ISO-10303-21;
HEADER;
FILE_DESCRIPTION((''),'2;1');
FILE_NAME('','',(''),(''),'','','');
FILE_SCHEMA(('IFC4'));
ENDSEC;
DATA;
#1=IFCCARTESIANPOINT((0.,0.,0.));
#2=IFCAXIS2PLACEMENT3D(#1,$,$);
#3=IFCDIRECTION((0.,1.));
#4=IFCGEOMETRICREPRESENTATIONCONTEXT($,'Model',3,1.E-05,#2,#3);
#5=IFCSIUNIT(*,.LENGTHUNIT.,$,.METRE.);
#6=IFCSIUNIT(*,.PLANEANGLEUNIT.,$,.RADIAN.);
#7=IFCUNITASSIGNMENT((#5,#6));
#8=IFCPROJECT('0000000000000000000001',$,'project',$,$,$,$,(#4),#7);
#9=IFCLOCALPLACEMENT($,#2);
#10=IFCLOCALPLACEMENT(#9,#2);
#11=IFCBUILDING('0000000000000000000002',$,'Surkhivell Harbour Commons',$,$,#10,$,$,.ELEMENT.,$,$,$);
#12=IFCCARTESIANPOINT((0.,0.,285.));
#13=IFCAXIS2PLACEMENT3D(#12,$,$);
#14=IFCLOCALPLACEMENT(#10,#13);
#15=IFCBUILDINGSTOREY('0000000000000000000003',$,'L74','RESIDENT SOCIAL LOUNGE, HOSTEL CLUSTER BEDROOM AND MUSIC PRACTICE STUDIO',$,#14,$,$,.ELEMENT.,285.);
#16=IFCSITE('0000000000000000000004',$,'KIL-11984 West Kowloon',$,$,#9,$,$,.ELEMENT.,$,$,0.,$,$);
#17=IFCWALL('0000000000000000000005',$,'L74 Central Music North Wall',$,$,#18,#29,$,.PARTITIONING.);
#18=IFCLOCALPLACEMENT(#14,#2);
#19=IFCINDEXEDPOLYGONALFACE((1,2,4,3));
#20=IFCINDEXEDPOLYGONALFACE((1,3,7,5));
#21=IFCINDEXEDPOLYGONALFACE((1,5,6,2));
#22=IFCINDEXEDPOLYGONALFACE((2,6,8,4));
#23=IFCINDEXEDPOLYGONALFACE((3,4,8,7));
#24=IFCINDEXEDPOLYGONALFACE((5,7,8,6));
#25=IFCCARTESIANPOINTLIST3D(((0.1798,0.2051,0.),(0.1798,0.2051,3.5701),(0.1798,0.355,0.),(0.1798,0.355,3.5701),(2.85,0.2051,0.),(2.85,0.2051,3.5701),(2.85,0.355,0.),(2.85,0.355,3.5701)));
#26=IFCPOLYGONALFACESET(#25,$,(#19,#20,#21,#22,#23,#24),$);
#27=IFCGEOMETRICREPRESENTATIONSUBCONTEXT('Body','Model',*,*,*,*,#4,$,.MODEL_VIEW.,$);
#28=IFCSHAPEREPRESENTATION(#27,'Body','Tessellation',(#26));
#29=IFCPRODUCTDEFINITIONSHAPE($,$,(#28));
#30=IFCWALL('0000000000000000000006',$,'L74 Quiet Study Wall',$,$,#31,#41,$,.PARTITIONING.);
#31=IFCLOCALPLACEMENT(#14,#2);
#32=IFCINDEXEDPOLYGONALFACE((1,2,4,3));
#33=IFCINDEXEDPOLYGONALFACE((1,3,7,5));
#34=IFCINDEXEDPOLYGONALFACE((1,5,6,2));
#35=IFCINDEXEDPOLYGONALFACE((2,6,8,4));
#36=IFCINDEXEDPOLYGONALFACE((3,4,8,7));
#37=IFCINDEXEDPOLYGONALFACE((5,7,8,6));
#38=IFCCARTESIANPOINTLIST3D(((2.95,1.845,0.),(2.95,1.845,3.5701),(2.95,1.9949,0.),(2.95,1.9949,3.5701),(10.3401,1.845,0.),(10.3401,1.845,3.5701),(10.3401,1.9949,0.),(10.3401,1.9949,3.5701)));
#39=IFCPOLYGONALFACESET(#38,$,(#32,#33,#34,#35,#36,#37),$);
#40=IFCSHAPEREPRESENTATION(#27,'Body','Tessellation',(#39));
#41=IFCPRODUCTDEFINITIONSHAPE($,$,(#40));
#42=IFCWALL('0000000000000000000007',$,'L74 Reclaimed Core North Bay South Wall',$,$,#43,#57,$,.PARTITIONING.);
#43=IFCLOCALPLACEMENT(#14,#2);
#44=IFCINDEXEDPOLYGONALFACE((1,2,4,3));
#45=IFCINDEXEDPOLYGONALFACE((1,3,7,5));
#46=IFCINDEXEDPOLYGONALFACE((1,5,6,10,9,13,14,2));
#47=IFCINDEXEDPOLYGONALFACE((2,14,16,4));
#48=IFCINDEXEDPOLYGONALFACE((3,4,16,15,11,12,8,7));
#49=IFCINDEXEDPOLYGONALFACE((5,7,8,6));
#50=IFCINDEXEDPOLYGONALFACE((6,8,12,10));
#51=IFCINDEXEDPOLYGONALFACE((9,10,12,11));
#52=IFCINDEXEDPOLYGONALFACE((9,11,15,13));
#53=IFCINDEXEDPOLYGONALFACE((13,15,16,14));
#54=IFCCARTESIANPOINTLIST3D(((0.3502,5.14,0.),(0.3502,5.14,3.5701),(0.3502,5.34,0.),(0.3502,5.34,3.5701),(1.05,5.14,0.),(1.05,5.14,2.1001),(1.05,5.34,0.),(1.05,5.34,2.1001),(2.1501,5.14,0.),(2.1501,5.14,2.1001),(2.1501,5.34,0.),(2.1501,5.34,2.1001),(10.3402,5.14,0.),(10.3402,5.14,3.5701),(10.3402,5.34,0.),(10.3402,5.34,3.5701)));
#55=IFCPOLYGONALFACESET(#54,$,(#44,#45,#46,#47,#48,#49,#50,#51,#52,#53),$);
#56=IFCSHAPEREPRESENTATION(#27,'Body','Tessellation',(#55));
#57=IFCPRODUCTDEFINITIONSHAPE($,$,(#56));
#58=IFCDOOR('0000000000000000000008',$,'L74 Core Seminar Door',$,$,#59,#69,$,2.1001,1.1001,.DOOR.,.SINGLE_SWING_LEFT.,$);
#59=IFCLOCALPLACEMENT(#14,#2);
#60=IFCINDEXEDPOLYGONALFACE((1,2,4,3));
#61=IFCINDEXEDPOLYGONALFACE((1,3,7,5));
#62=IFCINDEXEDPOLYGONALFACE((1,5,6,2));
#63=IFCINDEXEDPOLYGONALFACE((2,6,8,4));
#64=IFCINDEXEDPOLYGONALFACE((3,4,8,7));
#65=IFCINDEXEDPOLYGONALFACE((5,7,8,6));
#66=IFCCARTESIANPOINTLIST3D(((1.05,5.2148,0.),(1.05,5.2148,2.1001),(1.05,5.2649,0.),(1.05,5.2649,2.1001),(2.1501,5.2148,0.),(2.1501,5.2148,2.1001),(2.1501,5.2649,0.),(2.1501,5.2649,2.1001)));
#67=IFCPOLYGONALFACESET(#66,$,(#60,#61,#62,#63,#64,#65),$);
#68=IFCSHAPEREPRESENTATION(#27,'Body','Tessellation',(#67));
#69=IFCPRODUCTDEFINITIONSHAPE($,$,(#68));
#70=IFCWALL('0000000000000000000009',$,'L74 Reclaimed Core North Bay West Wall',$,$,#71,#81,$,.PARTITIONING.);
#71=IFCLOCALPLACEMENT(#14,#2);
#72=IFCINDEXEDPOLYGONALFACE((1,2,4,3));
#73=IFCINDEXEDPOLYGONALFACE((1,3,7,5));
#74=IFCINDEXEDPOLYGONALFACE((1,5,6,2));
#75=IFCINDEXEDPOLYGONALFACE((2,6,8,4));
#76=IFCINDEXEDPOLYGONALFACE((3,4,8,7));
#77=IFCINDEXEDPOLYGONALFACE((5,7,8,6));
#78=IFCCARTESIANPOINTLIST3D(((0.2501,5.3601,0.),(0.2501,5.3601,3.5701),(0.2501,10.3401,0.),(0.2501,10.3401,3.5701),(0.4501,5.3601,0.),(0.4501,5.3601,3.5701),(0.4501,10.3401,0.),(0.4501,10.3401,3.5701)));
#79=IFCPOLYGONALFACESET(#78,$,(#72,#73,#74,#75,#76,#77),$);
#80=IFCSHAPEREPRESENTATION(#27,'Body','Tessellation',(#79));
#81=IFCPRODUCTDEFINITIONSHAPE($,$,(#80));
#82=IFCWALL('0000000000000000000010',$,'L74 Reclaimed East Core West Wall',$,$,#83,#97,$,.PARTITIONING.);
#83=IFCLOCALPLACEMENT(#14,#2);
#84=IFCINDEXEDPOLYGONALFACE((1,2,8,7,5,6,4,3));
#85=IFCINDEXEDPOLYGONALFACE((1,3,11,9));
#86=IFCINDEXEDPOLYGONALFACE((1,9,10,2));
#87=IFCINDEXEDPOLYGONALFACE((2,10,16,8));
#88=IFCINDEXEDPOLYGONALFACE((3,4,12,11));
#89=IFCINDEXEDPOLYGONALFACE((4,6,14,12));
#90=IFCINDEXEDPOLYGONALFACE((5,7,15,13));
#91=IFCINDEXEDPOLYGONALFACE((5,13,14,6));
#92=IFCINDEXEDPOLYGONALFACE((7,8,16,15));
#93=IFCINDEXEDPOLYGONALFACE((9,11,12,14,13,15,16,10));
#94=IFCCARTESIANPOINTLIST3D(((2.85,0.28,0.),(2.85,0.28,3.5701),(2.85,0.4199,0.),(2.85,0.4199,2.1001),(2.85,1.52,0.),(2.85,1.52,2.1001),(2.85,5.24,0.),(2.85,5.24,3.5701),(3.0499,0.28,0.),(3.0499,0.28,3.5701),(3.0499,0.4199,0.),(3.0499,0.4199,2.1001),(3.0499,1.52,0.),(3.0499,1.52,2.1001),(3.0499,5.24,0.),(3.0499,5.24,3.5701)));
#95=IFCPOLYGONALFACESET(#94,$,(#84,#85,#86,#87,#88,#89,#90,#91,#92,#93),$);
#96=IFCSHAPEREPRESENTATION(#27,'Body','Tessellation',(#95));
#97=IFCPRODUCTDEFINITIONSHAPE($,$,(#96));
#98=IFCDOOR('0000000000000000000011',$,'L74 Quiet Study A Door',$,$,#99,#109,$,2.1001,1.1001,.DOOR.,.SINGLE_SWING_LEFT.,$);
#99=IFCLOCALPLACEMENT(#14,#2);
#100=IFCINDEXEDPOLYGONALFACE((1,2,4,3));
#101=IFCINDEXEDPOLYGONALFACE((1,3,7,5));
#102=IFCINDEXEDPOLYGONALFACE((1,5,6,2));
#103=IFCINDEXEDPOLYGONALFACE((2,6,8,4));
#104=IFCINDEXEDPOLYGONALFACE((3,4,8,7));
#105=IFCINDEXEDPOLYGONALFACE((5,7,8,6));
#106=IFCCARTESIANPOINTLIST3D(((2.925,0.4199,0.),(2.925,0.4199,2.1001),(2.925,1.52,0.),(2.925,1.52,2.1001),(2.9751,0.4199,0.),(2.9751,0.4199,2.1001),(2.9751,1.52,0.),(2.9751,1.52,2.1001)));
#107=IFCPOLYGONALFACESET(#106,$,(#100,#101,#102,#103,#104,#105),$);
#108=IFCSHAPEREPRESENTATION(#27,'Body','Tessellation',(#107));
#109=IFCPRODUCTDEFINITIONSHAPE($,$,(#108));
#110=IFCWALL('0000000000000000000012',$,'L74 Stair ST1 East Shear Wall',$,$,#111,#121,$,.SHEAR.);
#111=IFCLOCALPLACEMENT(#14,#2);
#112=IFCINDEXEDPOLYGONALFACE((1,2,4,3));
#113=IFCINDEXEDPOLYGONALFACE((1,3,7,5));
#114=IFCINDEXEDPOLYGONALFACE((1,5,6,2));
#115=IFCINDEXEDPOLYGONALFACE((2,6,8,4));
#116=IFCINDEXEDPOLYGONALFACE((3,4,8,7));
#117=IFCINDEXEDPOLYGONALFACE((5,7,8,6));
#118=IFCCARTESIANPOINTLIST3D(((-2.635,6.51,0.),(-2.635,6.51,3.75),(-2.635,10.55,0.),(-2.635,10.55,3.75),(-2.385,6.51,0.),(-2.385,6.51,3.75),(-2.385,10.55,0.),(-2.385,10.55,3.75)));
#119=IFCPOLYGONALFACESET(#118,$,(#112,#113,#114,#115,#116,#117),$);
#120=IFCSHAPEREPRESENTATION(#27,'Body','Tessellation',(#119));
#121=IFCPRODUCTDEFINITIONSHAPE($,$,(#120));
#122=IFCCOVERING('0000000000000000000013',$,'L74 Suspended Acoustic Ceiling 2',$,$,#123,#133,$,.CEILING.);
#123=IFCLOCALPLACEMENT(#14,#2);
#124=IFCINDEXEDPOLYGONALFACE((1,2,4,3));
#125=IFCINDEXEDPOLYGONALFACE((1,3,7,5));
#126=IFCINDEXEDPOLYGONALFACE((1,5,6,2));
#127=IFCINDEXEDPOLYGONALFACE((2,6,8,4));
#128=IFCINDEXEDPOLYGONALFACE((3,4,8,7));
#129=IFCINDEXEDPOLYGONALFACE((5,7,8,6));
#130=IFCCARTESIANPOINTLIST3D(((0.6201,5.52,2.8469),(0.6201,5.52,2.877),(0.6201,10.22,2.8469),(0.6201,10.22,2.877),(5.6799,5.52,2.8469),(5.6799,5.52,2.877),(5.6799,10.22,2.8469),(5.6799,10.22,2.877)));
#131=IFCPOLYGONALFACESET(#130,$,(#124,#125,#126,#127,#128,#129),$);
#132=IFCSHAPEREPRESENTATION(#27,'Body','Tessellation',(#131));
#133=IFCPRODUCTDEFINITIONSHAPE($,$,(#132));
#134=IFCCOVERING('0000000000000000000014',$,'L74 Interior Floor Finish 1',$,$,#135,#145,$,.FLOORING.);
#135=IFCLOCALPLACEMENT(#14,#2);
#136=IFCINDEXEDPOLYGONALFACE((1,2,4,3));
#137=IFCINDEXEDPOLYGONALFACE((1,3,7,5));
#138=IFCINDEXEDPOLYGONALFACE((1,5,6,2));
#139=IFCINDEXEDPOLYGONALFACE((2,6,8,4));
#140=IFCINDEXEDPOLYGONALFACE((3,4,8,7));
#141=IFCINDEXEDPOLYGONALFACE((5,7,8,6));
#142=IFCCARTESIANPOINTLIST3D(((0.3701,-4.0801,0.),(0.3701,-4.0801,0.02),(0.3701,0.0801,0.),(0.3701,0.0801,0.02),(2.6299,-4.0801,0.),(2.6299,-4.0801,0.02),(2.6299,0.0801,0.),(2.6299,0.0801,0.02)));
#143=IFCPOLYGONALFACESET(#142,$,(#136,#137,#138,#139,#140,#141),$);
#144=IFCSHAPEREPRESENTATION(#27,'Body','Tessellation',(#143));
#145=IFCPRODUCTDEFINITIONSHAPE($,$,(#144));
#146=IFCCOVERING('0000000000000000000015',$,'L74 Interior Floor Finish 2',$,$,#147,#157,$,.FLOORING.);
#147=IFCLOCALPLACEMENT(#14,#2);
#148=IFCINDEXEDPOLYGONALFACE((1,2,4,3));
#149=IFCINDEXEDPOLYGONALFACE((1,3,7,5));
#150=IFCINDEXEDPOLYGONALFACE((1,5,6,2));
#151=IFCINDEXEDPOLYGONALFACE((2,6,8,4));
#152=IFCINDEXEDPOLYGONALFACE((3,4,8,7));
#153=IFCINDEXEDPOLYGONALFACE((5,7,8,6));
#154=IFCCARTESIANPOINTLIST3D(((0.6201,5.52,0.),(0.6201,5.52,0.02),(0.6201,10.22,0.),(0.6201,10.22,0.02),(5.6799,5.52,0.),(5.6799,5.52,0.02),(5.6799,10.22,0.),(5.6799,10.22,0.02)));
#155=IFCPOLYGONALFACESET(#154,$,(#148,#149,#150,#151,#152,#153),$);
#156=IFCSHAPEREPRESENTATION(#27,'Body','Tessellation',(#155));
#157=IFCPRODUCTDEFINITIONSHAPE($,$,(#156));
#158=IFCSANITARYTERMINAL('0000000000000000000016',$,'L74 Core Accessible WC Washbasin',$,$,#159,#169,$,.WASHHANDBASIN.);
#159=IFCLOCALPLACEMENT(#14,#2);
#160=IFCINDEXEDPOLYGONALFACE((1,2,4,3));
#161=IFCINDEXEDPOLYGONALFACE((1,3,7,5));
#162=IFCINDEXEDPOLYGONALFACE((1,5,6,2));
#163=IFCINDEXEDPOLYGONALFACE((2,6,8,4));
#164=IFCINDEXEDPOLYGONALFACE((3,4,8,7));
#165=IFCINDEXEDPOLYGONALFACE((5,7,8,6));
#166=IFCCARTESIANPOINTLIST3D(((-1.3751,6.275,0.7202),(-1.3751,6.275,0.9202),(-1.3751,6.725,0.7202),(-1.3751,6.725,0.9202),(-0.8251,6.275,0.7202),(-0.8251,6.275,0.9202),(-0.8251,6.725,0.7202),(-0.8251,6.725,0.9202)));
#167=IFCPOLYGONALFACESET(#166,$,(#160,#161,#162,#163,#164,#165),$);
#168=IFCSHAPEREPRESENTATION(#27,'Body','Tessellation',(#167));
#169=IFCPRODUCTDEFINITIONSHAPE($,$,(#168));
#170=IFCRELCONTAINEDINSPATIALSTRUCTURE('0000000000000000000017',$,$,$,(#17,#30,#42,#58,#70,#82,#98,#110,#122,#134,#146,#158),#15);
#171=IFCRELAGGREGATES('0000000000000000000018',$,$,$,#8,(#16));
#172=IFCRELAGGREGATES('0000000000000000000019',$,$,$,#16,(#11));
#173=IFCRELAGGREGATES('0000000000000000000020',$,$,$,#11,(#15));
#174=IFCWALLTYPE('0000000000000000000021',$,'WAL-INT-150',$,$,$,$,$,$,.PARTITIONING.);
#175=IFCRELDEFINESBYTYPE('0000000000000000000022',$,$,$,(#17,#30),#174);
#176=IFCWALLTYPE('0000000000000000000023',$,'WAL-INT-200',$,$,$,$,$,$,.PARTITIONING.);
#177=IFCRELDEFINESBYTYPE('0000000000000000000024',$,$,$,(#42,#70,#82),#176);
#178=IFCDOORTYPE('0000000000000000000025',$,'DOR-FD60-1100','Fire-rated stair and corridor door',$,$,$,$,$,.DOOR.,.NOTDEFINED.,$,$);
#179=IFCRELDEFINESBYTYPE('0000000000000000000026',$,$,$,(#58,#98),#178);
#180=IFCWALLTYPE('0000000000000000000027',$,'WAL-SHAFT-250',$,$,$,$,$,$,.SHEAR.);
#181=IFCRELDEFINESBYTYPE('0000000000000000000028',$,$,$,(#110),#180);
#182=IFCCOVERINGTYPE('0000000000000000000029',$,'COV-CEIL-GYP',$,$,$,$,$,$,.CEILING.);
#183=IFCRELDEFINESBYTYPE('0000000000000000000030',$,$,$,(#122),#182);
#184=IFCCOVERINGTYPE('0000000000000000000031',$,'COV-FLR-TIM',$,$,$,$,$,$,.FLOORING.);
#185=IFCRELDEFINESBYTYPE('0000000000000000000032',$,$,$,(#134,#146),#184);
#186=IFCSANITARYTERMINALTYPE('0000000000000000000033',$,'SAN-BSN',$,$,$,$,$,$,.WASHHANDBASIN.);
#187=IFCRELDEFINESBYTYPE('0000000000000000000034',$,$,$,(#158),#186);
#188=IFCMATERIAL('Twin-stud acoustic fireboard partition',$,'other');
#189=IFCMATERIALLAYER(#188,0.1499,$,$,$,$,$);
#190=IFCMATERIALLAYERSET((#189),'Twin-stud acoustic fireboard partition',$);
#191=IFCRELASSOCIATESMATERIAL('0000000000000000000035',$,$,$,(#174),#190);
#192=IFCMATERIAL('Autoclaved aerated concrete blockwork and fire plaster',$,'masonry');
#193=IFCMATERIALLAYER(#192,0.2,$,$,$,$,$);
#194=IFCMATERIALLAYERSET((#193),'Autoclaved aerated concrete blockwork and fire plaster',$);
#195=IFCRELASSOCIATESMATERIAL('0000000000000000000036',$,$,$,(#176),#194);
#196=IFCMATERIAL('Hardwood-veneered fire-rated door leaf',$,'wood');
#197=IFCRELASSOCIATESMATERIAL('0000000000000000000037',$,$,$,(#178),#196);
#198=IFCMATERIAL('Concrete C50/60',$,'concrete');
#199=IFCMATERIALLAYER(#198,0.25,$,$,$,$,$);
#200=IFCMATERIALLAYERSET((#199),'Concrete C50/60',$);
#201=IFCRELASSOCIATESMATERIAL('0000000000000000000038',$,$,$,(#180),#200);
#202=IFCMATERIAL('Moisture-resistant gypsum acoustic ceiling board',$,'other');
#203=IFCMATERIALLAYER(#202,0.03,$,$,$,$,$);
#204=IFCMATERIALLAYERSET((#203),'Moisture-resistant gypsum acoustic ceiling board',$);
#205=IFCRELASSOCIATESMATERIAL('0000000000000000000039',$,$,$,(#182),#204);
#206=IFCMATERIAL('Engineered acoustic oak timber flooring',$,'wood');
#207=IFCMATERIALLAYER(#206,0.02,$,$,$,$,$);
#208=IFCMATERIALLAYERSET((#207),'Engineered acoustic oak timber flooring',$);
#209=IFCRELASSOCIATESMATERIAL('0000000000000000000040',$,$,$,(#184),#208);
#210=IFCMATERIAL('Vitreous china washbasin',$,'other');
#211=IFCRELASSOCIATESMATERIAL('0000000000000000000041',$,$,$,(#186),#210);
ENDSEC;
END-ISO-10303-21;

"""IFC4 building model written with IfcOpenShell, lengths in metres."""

from ifc_helpers import new_model, si_unit, direction, frame, frame_2d, origin, origin_2d, place, context, subcontext, project, spatial, polyline, rectangle, outline, extrude, material, layer, layer_set, type_object, element, fill, save


model = new_model("IFC4")

# Units and contexts
model_context = context("Model", 3, precision=1e-05, world=origin(), true_north=direction((0.0, 1.0)))
body_context = subcontext(model_context, "Body", "Model", "MODEL_VIEW")
ifc_project = project(units=[si_unit("LENGTHUNIT", "METRE"), si_unit("PLANEANGLEUNIT", "RADIAN")], contexts=[model_context])

# Site, building, storey
site_placement = place(None, origin())
site = spatial("IfcSite", under=ifc_project, at=site_placement, Name="KIL-11984 West Kowloon", CompositionType="ELEMENT", RefElevation=0.0)
building_placement = place(site_placement, origin())
building = spatial("IfcBuilding", under=site, at=building_placement, Name="Surkhivell Harbour Commons", CompositionType="ELEMENT")
storey_placement = place(building_placement, frame((0.0, 0.0, 285.0)))
storey = spatial("IfcBuildingStorey", under=building, at=storey_placement, Name="L74", Description="RESIDENT SOCIAL LOUNGE, HOSTEL CLUSTER BEDROOM AND MUSIC PRACTICE STUDIO", CompositionType="ELEMENT", Elevation=285.0)

# Shared definitions
ifc_material_1 = material(Name="Concrete C50/60", Category="concrete")

# Shared definitions
ifc_material_2 = material(Name="Twin-stud acoustic fireboard partition", Category="other")
ifc_layer_1 = layer(ifc_material_2, 0.1499)
ifc_layer_set_1 = layer_set([ifc_layer_1], Name="Twin-stud acoustic fireboard partition")
wall_type_1 = type_object("IfcWallType", Name="WAL-INT-150", PredefinedType="PARTITIONING", material=ifc_layer_set_1)
ifc_material_3 = material(Name="Hardwood-veneered fire-rated door leaf", Category="wood")

# Walls
wall_1_placement = place(storey_placement, frame((0.1799, 0.28, 0.0), z_axis=(0.0, 0.0, 1.0), x_axis=(1.0, 0.0, 0.0)))
element("IfcWall", 1, at=wall_1_placement, inside=storey, type_object=wall_type_1, Name="L74 Central Music North Wall", PredefinedType="PARTITIONING", context=body_context, shape_type="SweptSolid", body=[
    extrude(rectangle(XDim=2.6702, YDim=0.1499, at=frame_2d((1.335, 0.0))), origin(), (0.0, 0.0, 1.0), 3.5701),
])
wall_2_placement = place(storey_placement, frame((2.95, 1.9199, 0.0), z_axis=(0.0, 0.0, 1.0), x_axis=(1.0, 0.0, 0.0)))
element("IfcWall", 2, at=wall_2_placement, inside=storey, type_object=wall_type_1, Name="L74 Quiet Study Wall", PredefinedType="PARTITIONING", context=body_context, shape_type="SweptSolid", body=[
    extrude(rectangle(XDim=7.3901, YDim=0.1499, at=frame_2d((3.6951, 0.0))), origin(), (0.0, 0.0, 1.0), 3.5701),
])

# Wall, opening, door
ifc_material_4 = material(Name="Autoclaved aerated concrete blockwork and fire plaster", Category="masonry")
ifc_layer_2 = layer(ifc_material_4, 0.2)
ifc_layer_set_2 = layer_set([ifc_layer_2], Name="Autoclaved aerated concrete blockwork and fire plaster")
wall_type_2 = type_object("IfcWallType", Name="WAL-INT-200", PredefinedType="PARTITIONING", material=ifc_layer_set_2)
wall_3_placement = place(storey_placement, frame((0.3501, 5.24, 0.0), z_axis=(0.0, 0.0, 1.0), x_axis=(1.0, 0.0, 0.0)))
wall_3 = element("IfcWall", 3, at=wall_3_placement, inside=storey, type_object=wall_type_2, Name="L74 Reclaimed Core North Bay South Wall", PredefinedType="PARTITIONING", context=body_context, shape_type="SweptSolid", body=[
    extrude(rectangle(XDim=9.99, YDim=0.2, at=frame_2d((4.9951, 0.0))), origin(), (0.0, 0.0, 1.0), 3.5701),
])
opening_1_placement = place(wall_3_placement, frame((0.7, 0.0, 0.0)))
opening_1 = element("IfcOpeningElement", 4, at=opening_1_placement, cuts=wall_3, PredefinedType="OPENING", context=body_context, shape_type="SweptSolid", body=[
    extrude(rectangle(XDim=1.1001, YDim=2.1001, at=frame_2d((0.55, 1.05))), frame((0.0, 0.1099, 0.0), z_axis=(0.0, -1.0, 0.0), x_axis=(1.0, 0.0, 0.0)), (0.0, 0.0, 1.0), 0.22),
])
door_type_1 = type_object("IfcDoorType", Name="DOR-FD60-1100", Description="Fire-rated stair and corridor door", OperationType="NOTDEFINED", PredefinedType="DOOR", material=ifc_material_3)
door_1_placement = place(opening_1_placement, origin())
door_1 = element("IfcDoor", 5, at=door_1_placement, inside=storey, type_object=door_type_1, Name="L74 Core Seminar Door", OperationType="SINGLE_SWING_LEFT", OverallHeight=2.1001, OverallWidth=1.1001, PredefinedType="DOOR", context=body_context, shape_type="SweptSolid", body=[
    extrude(rectangle(XDim=1.1001, YDim=2.1001, at=frame_2d((0.55, 1.05))), frame((0.0, 0.0249, 0.0), z_axis=(0.0, -1.0, 0.0), x_axis=(1.0, 0.0, 0.0)), (0.0, 0.0, 1.0), 0.05),
])
fill(opening_1, door_1)

# Wall
wall_4_placement = place(storey_placement, frame((0.3501, 5.3601, 0.0), z_axis=(0.0, 0.0, 1.0), x_axis=(0.0, 1.0, 0.0)))
element("IfcWall", 6, at=wall_4_placement, inside=storey, type_object=wall_type_2, Name="L74 Reclaimed Core North Bay West Wall", PredefinedType="PARTITIONING", context=body_context, shape_type="SweptSolid", body=[
    extrude(rectangle(XDim=4.98, YDim=0.2, at=frame_2d((2.49, 0.0))), origin(), (0.0, 0.0, 1.0), 3.5701),
])

# Wall, opening, door
wall_5_placement = place(storey_placement, frame((2.95, 0.28, 0.0), z_axis=(0.0, 0.0, 1.0), x_axis=(0.0, 1.0, 0.0)))
wall_5 = element("IfcWall", 7, at=wall_5_placement, inside=storey, type_object=wall_type_2, Name="L74 Reclaimed East Core West Wall", PredefinedType="PARTITIONING", context=body_context, shape_type="SweptSolid", body=[
    extrude(rectangle(XDim=4.96, YDim=0.2, at=frame_2d((2.48, 0.0))), origin(), (0.0, 0.0, 1.0), 3.5701),
])
opening_2_placement = place(wall_5_placement, frame((0.1399, 0.0, 0.0)))
opening_2 = element("IfcOpeningElement", 8, at=opening_2_placement, cuts=wall_5, PredefinedType="OPENING", context=body_context, shape_type="SweptSolid", body=[
    extrude(rectangle(XDim=1.1001, YDim=2.1001, at=frame_2d((0.55, 1.05))), frame((0.0, 0.1099, 0.0), z_axis=(0.0, -1.0, 0.0), x_axis=(1.0, 0.0, 0.0)), (0.0, 0.0, 1.0), 0.22),
])
door_2_placement = place(opening_2_placement, origin())
door_2 = element("IfcDoor", 9, at=door_2_placement, inside=storey, type_object=door_type_1, Name="L74 Quiet Study A Door", OperationType="SINGLE_SWING_LEFT", OverallHeight=2.1001, OverallWidth=1.1001, PredefinedType="DOOR", context=body_context, shape_type="SweptSolid", body=[
    extrude(rectangle(XDim=1.1001, YDim=2.1001, at=frame_2d((0.55, 1.05))), frame((0.0, 0.0249, 0.0), z_axis=(0.0, -1.0, 0.0), x_axis=(1.0, 0.0, 0.0)), (0.0, 0.0, 1.0), 0.05),
])
fill(opening_2, door_2)

# Wall
ifc_layer_3 = layer(ifc_material_1, 0.25)
ifc_layer_set_3 = layer_set([ifc_layer_3], Name="Concrete C50/60")
wall_type_3 = type_object("IfcWallType", Name="WAL-SHAFT-250", PredefinedType="SHEAR", material=ifc_layer_set_3)
wall_6_placement = place(storey_placement, frame((-2.51, 6.51, 0.0), z_axis=(0.0, 0.0, 1.0), x_axis=(0.0, 1.0, 0.0)))
element("IfcWall", 10, at=wall_6_placement, inside=storey, type_object=wall_type_3, Name="L74 Stair ST1 East Shear Wall", PredefinedType="SHEAR", context=body_context, shape_type="SweptSolid", body=[
    extrude(rectangle(XDim=4.04, YDim=0.25, at=frame_2d((2.02, 0.0))), origin(), (0.0, 0.0, 1.0), 3.75),
])

# Coverings
ifc_material_5 = material(Name="Moisture-resistant gypsum acoustic ceiling board", Category="other")
ifc_layer_4 = layer(ifc_material_5, 0.03)
ifc_layer_set_4 = layer_set([ifc_layer_4], Name="Moisture-resistant gypsum acoustic ceiling board")
covering_type_1 = type_object("IfcCoveringType", Name="COV-CEIL-GYP", PredefinedType="CEILING", material=ifc_layer_set_4)
covering_1_placement = place(storey_placement, frame((0.0, 0.0, 2.8469)))
element("IfcCovering", 11, at=covering_1_placement, inside=storey, type_object=covering_type_1, Name="L74 Suspended Acoustic Ceiling 2", PredefinedType="CEILING", context=body_context, shape_type="SweptSolid", body=[
    extrude(outline(polyline([(0.6201, 5.52), (5.6799, 5.52), (5.6799, 10.22), (0.6201, 10.22), (0.6201, 5.52)])), origin(), (0.0, 0.0, 1.0), 0.03),
])
ifc_material_6 = material(Name="Engineered acoustic oak timber flooring", Category="wood")
ifc_layer_5 = layer(ifc_material_6, 0.02)
ifc_layer_set_5 = layer_set([ifc_layer_5], Name="Engineered acoustic oak timber flooring")
covering_type_2 = type_object("IfcCoveringType", Name="COV-FLR-TIM", PredefinedType="FLOORING", material=ifc_layer_set_5)
covering_2_placement = place(storey_placement, origin())
element("IfcCovering", 12, at=covering_2_placement, inside=storey, type_object=covering_type_2, Name="L74 Interior Floor Finish 1", PredefinedType="FLOORING", context=body_context, shape_type="SweptSolid", body=[
    extrude(outline(polyline([(0.3701, -4.0801), (2.6299, -4.0801), (2.6299, 0.0801), (0.3701, 0.0801), (0.3701, -4.0801)])), origin(), (0.0, 0.0, 1.0), 0.02),
])
covering_3_placement = place(storey_placement, origin())
element("IfcCovering", 13, at=covering_3_placement, inside=storey, type_object=covering_type_2, Name="L74 Interior Floor Finish 2", PredefinedType="FLOORING", context=body_context, shape_type="SweptSolid", body=[
    extrude(outline(polyline([(0.6201, 5.52), (5.6799, 5.52), (5.6799, 10.22), (0.6201, 10.22), (0.6201, 5.52)])), origin(), (0.0, 0.0, 1.0), 0.02),
])

# Sanitary terminal
ifc_material_7 = material(Name="Vitreous china washbasin", Category="other")
sanitary_terminal_type_1 = type_object("IfcSanitaryTerminalType", Name="SAN-BSN", PredefinedType="WASHHANDBASIN", material=ifc_material_7)
sanitary_terminal_1_placement = place(storey_placement, frame((-1.1001, 6.5, 0.7202), z_axis=(0.0, 0.0, 1.0), x_axis=(1.0, 0.0, 0.0)))
element("IfcSanitaryTerminal", 14, at=sanitary_terminal_1_placement, inside=storey, type_object=sanitary_terminal_type_1, Name="L74 Core Accessible WC Washbasin", PredefinedType="WASHHANDBASIN", context=body_context, shape_type="SweptSolid", body=[
    extrude(rectangle(XDim=0.55, YDim=0.45, at=origin_2d()), origin(), (0.0, 0.0, 1.0), 0.2),
])

save(model, "model.ifc")
